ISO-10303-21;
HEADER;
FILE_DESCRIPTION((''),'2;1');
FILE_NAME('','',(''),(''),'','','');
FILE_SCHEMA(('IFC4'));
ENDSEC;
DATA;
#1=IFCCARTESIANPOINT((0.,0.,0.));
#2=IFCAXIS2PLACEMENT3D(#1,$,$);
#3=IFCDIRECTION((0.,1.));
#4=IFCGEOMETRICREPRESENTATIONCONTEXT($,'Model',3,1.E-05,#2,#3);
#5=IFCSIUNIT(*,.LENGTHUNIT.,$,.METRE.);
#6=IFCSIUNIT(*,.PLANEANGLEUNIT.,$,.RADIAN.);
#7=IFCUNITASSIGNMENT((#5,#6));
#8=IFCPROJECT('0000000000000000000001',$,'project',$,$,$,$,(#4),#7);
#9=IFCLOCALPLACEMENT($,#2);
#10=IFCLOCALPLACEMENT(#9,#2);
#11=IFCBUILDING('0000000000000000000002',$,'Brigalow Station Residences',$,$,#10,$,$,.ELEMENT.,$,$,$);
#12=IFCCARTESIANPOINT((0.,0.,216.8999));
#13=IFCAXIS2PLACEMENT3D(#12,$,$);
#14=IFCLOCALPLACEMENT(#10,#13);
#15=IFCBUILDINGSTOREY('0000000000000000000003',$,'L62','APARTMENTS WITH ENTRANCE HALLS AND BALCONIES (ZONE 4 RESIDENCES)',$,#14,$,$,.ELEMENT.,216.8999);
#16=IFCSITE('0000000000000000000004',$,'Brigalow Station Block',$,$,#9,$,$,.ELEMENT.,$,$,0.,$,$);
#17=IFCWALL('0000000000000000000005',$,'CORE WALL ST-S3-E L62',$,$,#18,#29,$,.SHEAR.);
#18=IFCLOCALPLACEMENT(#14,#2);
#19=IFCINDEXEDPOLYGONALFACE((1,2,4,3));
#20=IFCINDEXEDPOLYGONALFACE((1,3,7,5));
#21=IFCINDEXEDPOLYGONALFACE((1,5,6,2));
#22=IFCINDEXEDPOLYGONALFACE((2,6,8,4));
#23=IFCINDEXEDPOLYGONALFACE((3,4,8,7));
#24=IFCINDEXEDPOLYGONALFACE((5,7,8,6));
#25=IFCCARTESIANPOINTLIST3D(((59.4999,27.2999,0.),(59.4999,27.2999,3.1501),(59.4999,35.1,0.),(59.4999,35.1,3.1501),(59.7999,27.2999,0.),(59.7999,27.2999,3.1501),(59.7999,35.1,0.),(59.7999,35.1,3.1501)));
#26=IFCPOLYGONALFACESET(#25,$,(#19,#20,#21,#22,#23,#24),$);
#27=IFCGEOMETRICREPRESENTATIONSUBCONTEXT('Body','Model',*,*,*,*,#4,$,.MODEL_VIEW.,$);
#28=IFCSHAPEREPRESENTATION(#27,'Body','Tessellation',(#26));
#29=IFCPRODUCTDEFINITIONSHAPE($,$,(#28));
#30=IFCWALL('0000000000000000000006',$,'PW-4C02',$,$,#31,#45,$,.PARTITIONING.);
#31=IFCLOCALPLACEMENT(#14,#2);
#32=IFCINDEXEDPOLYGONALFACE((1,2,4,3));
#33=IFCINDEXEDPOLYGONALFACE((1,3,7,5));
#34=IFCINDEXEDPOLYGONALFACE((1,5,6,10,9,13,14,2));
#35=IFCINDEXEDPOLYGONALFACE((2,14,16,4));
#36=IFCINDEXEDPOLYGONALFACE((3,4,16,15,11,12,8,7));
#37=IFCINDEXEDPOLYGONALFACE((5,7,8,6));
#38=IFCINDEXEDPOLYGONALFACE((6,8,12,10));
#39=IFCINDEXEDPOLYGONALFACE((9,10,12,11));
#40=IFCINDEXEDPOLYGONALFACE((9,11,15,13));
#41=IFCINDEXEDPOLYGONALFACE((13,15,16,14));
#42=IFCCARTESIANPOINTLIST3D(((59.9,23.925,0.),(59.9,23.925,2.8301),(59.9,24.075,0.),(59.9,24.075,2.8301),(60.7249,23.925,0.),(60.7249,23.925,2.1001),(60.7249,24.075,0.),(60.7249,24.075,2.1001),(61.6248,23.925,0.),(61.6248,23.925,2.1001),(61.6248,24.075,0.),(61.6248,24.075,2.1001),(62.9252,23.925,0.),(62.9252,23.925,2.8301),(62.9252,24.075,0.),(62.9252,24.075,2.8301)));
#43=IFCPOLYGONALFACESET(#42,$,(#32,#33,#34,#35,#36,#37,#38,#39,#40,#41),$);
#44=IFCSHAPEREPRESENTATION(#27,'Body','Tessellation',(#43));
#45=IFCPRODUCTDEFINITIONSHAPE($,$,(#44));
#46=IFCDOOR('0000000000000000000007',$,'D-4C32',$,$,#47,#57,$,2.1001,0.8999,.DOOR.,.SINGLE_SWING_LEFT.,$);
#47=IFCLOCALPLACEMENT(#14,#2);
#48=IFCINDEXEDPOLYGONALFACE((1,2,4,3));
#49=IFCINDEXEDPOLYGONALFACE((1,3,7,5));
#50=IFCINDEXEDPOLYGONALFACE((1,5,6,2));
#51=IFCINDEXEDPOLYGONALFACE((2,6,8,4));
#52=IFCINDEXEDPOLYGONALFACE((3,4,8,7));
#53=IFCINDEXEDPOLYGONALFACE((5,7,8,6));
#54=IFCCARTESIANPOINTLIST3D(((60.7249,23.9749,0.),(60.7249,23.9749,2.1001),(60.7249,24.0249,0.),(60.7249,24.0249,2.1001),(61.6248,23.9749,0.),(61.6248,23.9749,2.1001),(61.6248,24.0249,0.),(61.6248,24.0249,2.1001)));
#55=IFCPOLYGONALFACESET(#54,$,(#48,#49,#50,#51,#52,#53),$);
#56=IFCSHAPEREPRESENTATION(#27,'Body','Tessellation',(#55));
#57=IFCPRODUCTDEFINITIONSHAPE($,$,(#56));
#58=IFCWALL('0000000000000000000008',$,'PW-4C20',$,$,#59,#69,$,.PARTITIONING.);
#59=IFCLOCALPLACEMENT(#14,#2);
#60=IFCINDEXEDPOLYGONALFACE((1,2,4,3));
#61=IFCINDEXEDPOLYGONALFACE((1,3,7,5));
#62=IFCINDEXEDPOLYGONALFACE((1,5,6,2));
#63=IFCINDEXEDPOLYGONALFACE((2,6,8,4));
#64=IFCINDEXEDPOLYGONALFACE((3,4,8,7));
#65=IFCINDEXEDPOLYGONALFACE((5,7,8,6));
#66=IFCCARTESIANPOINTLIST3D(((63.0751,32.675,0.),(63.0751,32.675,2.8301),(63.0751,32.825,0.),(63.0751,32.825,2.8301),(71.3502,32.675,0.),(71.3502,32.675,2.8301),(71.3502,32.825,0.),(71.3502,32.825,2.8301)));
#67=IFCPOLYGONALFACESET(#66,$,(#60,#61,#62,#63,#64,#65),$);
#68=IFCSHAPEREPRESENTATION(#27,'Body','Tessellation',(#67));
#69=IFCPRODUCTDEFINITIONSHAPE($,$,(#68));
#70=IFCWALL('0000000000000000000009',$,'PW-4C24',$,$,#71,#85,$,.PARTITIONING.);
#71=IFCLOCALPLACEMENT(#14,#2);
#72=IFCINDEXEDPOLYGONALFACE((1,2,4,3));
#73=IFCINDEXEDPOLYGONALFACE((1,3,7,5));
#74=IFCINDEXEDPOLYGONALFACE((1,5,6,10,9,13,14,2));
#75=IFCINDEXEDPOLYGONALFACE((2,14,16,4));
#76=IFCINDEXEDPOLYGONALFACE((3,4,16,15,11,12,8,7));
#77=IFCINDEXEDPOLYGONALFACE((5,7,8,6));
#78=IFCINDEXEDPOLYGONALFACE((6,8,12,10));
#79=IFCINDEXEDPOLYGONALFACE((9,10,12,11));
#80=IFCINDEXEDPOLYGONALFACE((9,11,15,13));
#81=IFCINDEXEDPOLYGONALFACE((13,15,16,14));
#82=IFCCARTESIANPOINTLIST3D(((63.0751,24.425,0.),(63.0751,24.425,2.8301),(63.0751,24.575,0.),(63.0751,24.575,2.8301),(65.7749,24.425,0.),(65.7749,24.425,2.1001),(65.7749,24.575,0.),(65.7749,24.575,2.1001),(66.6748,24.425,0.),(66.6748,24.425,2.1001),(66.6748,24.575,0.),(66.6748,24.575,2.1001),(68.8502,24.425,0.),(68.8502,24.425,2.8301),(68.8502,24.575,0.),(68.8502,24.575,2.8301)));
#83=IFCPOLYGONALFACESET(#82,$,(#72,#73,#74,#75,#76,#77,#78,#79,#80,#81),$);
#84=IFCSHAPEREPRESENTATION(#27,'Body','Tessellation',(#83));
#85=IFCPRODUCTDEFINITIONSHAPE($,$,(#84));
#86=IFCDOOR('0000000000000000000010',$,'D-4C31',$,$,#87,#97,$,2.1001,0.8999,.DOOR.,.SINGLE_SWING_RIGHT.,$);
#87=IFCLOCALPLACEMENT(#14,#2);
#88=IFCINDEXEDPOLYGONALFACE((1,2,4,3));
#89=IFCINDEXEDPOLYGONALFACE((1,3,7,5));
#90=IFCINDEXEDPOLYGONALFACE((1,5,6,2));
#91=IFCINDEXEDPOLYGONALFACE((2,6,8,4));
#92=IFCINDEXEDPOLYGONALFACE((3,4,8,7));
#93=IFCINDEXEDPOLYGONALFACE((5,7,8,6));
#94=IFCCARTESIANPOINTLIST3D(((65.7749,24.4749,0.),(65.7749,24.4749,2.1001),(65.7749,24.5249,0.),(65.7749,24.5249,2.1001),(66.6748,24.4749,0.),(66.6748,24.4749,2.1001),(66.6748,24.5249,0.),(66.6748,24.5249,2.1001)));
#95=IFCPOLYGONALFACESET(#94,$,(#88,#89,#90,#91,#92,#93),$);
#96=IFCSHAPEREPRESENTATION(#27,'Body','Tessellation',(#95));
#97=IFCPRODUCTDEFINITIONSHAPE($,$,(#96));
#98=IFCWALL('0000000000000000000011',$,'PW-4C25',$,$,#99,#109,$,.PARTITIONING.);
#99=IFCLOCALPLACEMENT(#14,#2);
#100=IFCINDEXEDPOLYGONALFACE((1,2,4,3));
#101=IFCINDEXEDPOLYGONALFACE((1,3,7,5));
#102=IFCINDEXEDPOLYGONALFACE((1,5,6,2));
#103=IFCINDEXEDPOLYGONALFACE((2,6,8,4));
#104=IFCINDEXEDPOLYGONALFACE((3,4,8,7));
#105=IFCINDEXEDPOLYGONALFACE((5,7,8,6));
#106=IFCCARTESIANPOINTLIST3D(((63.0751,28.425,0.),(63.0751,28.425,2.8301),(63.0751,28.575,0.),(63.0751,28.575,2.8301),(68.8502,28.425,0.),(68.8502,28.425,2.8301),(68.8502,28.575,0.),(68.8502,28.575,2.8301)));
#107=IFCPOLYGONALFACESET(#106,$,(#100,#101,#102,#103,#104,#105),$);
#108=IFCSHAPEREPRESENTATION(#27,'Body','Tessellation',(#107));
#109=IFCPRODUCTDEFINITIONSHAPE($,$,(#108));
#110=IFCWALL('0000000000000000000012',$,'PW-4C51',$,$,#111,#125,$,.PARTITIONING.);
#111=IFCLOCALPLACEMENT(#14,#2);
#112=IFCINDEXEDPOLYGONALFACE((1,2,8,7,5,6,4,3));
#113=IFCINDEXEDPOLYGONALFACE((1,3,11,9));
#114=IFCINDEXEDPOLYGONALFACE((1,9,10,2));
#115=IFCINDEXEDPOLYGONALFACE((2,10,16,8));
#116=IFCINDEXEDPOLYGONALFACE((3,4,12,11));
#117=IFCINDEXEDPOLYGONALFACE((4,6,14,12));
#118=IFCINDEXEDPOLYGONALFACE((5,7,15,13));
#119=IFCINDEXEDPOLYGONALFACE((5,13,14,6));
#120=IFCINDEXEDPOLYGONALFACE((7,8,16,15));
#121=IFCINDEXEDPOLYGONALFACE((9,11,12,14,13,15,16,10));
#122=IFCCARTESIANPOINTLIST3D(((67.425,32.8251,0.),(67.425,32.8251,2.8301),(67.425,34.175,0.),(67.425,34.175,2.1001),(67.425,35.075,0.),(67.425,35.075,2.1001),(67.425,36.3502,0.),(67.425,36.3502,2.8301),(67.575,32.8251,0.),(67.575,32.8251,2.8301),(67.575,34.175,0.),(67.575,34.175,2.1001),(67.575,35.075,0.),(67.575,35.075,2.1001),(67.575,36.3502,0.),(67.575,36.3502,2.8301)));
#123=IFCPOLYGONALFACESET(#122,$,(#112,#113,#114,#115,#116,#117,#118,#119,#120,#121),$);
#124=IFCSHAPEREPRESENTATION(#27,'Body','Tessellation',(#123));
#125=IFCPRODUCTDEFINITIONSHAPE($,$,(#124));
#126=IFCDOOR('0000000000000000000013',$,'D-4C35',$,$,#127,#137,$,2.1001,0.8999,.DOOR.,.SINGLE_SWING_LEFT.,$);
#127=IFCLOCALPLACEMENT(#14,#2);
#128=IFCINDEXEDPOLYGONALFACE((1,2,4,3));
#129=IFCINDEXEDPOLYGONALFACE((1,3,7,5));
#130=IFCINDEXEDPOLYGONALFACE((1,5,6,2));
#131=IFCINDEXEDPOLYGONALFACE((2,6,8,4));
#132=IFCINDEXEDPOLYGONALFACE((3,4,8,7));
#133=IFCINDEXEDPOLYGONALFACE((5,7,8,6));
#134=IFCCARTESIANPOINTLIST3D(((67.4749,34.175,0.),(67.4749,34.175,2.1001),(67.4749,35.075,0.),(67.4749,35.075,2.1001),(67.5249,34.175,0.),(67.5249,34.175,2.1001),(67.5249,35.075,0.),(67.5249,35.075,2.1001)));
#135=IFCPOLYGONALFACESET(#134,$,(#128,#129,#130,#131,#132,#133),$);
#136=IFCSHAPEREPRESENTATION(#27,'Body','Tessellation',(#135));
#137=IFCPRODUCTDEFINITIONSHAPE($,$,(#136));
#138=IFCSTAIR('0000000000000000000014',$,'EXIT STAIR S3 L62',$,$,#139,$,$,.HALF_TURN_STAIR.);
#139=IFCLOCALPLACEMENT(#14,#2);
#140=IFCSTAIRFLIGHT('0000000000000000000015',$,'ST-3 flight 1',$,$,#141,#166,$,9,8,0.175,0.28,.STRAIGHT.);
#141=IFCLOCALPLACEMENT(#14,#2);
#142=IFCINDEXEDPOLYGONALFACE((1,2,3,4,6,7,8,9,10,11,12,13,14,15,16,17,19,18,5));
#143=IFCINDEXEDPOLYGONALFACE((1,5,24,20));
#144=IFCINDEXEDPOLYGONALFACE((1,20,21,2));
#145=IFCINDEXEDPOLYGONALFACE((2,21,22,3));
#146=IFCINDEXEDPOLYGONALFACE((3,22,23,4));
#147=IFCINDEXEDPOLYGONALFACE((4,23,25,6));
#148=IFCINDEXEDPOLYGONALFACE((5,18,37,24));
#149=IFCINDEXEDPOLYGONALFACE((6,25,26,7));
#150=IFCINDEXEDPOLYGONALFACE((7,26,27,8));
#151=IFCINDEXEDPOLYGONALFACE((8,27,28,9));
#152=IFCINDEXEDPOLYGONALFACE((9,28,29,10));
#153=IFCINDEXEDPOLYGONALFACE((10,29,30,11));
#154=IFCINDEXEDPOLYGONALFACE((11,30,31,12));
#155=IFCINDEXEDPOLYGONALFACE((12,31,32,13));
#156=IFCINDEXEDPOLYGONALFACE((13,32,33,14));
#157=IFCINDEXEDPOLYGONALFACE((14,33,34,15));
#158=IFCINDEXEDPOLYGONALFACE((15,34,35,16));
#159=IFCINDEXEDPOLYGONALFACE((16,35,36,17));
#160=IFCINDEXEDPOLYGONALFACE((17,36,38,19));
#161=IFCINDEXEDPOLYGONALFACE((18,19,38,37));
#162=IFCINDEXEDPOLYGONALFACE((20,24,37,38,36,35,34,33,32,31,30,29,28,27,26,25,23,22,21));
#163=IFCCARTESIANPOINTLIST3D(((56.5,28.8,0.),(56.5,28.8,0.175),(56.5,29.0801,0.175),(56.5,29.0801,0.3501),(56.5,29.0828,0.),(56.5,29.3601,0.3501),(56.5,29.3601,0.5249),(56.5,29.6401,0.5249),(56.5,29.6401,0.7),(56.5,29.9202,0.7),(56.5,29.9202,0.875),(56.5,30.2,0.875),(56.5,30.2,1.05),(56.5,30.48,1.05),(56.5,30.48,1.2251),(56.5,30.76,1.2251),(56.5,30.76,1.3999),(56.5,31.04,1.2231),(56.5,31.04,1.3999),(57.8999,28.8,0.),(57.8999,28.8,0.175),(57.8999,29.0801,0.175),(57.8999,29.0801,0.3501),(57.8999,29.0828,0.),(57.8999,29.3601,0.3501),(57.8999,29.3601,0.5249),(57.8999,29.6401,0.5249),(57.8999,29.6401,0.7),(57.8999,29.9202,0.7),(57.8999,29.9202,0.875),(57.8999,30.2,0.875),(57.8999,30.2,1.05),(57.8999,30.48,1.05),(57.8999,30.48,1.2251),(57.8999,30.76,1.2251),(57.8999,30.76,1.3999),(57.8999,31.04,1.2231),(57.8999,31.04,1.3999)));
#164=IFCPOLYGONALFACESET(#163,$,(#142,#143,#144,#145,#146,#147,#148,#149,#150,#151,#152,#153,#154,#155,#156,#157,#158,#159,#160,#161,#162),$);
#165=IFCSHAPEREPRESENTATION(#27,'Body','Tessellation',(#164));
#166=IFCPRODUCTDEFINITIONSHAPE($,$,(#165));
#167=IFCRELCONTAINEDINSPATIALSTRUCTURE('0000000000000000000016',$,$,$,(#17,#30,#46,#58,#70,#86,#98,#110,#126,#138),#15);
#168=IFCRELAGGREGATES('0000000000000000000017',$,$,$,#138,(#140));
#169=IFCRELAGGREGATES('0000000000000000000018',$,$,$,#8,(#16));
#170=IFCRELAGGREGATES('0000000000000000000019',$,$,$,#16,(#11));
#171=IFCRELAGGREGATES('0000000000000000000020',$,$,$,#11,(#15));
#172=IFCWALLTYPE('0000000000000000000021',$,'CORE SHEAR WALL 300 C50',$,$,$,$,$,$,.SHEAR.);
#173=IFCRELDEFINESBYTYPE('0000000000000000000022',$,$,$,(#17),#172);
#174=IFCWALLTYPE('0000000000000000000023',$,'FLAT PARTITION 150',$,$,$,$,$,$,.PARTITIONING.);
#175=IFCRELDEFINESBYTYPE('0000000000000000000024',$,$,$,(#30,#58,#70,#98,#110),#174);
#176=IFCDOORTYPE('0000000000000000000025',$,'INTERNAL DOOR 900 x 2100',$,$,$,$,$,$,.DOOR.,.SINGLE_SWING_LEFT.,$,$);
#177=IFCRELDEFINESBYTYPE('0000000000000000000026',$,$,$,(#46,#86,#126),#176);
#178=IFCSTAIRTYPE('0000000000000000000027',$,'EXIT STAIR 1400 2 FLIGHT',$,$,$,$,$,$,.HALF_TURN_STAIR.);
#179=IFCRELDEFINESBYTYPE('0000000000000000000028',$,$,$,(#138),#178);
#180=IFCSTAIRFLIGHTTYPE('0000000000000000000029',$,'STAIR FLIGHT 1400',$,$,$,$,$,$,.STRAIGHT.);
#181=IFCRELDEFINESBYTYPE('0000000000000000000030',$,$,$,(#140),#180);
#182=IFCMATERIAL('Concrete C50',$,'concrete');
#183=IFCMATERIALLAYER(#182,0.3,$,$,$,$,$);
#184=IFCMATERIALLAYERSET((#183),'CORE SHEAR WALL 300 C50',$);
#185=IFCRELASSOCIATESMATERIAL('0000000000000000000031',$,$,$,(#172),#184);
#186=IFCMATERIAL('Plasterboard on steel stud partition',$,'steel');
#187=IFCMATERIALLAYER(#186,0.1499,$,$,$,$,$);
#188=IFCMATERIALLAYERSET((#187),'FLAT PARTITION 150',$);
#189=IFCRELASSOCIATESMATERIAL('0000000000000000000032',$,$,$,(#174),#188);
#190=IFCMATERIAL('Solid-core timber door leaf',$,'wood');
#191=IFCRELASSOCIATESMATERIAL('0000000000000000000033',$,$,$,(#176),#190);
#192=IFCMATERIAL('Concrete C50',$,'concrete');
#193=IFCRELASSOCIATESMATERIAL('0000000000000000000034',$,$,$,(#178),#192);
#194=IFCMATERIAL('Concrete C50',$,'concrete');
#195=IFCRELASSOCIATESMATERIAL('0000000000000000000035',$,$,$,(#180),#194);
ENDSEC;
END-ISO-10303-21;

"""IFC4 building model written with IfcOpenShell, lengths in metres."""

from ifc_helpers import new_model, si_unit, direction, frame, frame_2d, origin, place, context, subcontext, project, spatial, polyline, rectangle, outline, extrude, material, layer, layer_set, type_object, element, fill, aggregate, save


model = new_model("IFC4")

# Units and contexts
model_context = context("Model", 3, precision=1e-05, world=origin(), true_north=direction((0.0, 1.0)))
body_context = subcontext(model_context, "Body", "Model", "MODEL_VIEW")
ifc_project = project(units=[si_unit("LENGTHUNIT", "METRE"), si_unit("PLANEANGLEUNIT", "RADIAN")], contexts=[model_context])

# Site, building, storey
site_placement = place(None, origin())
site = spatial("IfcSite", under=ifc_project, at=site_placement, Name="Brigalow Station Block", CompositionType="ELEMENT", RefElevation=0.0)
building_placement = place(site_placement, origin())
building = spatial("IfcBuilding", under=site, at=building_placement, Name="Brigalow Station Residences", CompositionType="ELEMENT")
storey_placement = place(building_placement, frame((0.0, 0.0, 216.8999)))
storey = spatial("IfcBuildingStorey", under=building, at=storey_placement, Name="L62", Description="APARTMENTS WITH ENTRANCE HALLS AND BALCONIES (ZONE 4 RESIDENCES)", CompositionType="ELEMENT", Elevation=216.8999)

# Wall
ifc_material_1 = material(Name="Concrete C50", Category="concrete")
ifc_layer_1 = layer(ifc_material_1, 0.3)
ifc_layer_set_1 = layer_set([ifc_layer_1], Name="CORE SHEAR WALL 300 C50")
wall_type_1 = type_object("IfcWallType", Name="CORE SHEAR WALL 300 C50", PredefinedType="SHEAR", material=ifc_layer_set_1)
for number, where, z_axis, x_axis, name in (
    (1, (59.6499, 27.3, 0.0), (0.0, 0.0, 1.0), (0.0, 1.0, 0.0), "CORE WALL ST-S3-E L62"),
):
    element("IfcWall", number, at=place(storey_placement, frame(where, z_axis=z_axis, x_axis=x_axis)), inside=storey, type_object=wall_type_1, Name=name, PredefinedType="SHEAR", context=body_context, shape_type="SweptSolid", body=[
        extrude(rectangle(XDim=7.8, YDim=0.3, at=frame_2d((3.8999, 0.0))), origin(), (0.0, 0.0, 1.0), 3.1501),
    ])

# Wall, opening, door
ifc_material_2 = material(Name="Plasterboard on steel stud partition", Category="steel")
ifc_layer_2 = layer(ifc_material_2, 0.1499)
ifc_layer_set_2 = layer_set([ifc_layer_2], Name="FLAT PARTITION 150")
wall_type_2 = type_object("IfcWallType", Name="FLAT PARTITION 150", PredefinedType="PARTITIONING", material=ifc_layer_set_2)
wall_1_placement = place(storey_placement, frame((59.8999, 24.0, 0.0), z_axis=(0.0, 0.0, 1.0), x_axis=(1.0, 0.0, 0.0)))
wall_1 = element("IfcWall", 2, at=wall_1_placement, inside=storey, type_object=wall_type_2, Name="PW-4C02", PredefinedType="PARTITIONING", context=body_context, shape_type="SweptSolid", body=[
    extrude(rectangle(XDim=3.0251, YDim=0.1499, at=frame_2d((1.5127, 0.0))), origin(), (0.0, 0.0, 1.0), 2.8301),
])
opening_1_placement = place(wall_1_placement, frame((0.825, 0.0, 0.0)))
opening_1 = element("IfcOpeningElement", 3, at=opening_1_placement, cuts=wall_1, PredefinedType="OPENING", context=body_context, shape_type="SweptSolid", body=[
    extrude(rectangle(XDim=0.8999, YDim=2.1001, at=frame_2d((0.45, 1.05))), frame((0.0, 0.085, 0.0), z_axis=(0.0, -1.0, 0.0), x_axis=(1.0, 0.0, 0.0)), (0.0, 0.0, 1.0), 0.1699),
])
ifc_material_3 = material(Name="Solid-core timber door leaf", Category="wood")
door_type_1 = type_object("IfcDoorType", Name="INTERNAL DOOR 900 x 2100", OperationType="SINGLE_SWING_LEFT", PredefinedType="DOOR", material=ifc_material_3)
door_1_placement = place(opening_1_placement, origin())
door_1 = element("IfcDoor", 4, at=door_1_placement, inside=storey, type_object=door_type_1, Name="D-4C32", OperationType="SINGLE_SWING_LEFT", OverallHeight=2.1001, OverallWidth=0.8999, PredefinedType="DOOR", context=body_context, shape_type="SweptSolid", body=[
    extrude(rectangle(XDim=0.8999, YDim=2.1001, at=frame_2d((0.45, 1.05))), frame((0.0, 0.0249, 0.0), z_axis=(0.0, -1.0, 0.0), x_axis=(1.0, 0.0, 0.0)), (0.0, 0.0, 1.0), 0.05),
])
fill(opening_1, door_1)

# Wall
wall_2_placement = place(storey_placement, frame((63.075, 32.75, 0.0), z_axis=(0.0, 0.0, 1.0), x_axis=(1.0, 0.0, 0.0)))
element("IfcWall", 5, at=wall_2_placement, inside=storey, type_object=wall_type_2, Name="PW-4C20", PredefinedType="PARTITIONING", context=body_context, shape_type="SweptSolid", body=[
    extrude(rectangle(XDim=8.2751, YDim=0.1499, at=frame_2d((4.1377, 0.0))), origin(), (0.0, 0.0, 1.0), 2.8301),
])

# Wall, opening, door
wall_3_placement = place(storey_placement, frame((63.075, 24.5, 0.0), z_axis=(0.0, 0.0, 1.0), x_axis=(1.0, 0.0, 0.0)))
wall_3 = element("IfcWall", 6, at=wall_3_placement, inside=storey, type_object=wall_type_2, Name="PW-4C24", PredefinedType="PARTITIONING", context=body_context, shape_type="SweptSolid", body=[
    extrude(rectangle(XDim=5.7751, YDim=0.1499, at=frame_2d((2.8877, 0.0))), origin(), (0.0, 0.0, 1.0), 2.8301),
])
opening_2_placement = place(wall_3_placement, frame((2.7, 0.0, 0.0)))
opening_2 = element("IfcOpeningElement", 7, at=opening_2_placement, cuts=wall_3, PredefinedType="OPENING", context=body_context, shape_type="SweptSolid", body=[
    extrude(rectangle(XDim=0.8999, YDim=2.1001, at=frame_2d((0.45, 1.05))), frame((0.0, 0.085, 0.0), z_axis=(0.0, -1.0, 0.0), x_axis=(1.0, 0.0, 0.0)), (0.0, 0.0, 1.0), 0.1699),
])
door_2_placement = place(opening_2_placement, origin())
door_2 = element("IfcDoor", 8, at=door_2_placement, inside=storey, type_object=door_type_1, Name="D-4C31", OperationType="SINGLE_SWING_RIGHT", OverallHeight=2.1001, OverallWidth=0.8999, PredefinedType="DOOR", context=body_context, shape_type="SweptSolid", body=[
    extrude(rectangle(XDim=0.8999, YDim=2.1001, at=frame_2d((0.45, 1.05))), frame((0.0, 0.0249, 0.0), z_axis=(0.0, -1.0, 0.0), x_axis=(1.0, 0.0, 0.0)), (0.0, 0.0, 1.0), 0.05),
])
fill(opening_2, door_2)

# Wall
wall_4_placement = place(storey_placement, frame((63.075, 28.5, 0.0), z_axis=(0.0, 0.0, 1.0), x_axis=(1.0, 0.0, 0.0)))
element("IfcWall", 9, at=wall_4_placement, inside=storey, type_object=wall_type_2, Name="PW-4C25", PredefinedType="PARTITIONING", context=body_context, shape_type="SweptSolid", body=[
    extrude(rectangle(XDim=5.7751, YDim=0.1499, at=frame_2d((2.8877, 0.0))), origin(), (0.0, 0.0, 1.0), 2.8301),
])

# Wall, opening, door
wall_5_placement = place(storey_placement, frame((67.5, 32.825, 0.0), z_axis=(0.0, 0.0, 1.0), x_axis=(0.0, 1.0, 0.0)))
wall_5 = element("IfcWall", 10, at=wall_5_placement, inside=storey, type_object=wall_type_2, Name="PW-4C51", PredefinedType="PARTITIONING", context=body_context, shape_type="SweptSolid", body=[
    extrude(rectangle(XDim=3.5251, YDim=0.1499, at=frame_2d((1.7627, 0.0))), origin(), (0.0, 0.0, 1.0), 2.8301),
])
opening_3_placement = place(wall_5_placement, frame((1.3501, 0.0, 0.0)))
opening_3 = element("IfcOpeningElement", 11, at=opening_3_placement, cuts=wall_5, PredefinedType="OPENING", context=body_context, shape_type="SweptSolid", body=[
    extrude(rectangle(XDim=0.8999, YDim=2.1001, at=frame_2d((0.45, 1.05))), frame((0.0, 0.085, 0.0), z_axis=(0.0, -1.0, 0.0), x_axis=(1.0, 0.0, 0.0)), (0.0, 0.0, 1.0), 0.1699),
])
door_3_placement = place(opening_3_placement, frame((0.8999, 0.0, 0.0), z_axis=(0.0, 0.0, 1.0), x_axis=(-1.0, 0.0, 0.0)))
door_3 = element("IfcDoor", 12, at=door_3_placement, inside=storey, type_object=door_type_1, Name="D-4C35", OperationType="SINGLE_SWING_LEFT", OverallHeight=2.1001, OverallWidth=0.8999, PredefinedType="DOOR", context=body_context, shape_type="SweptSolid", body=[
    extrude(rectangle(XDim=0.8999, YDim=2.1001, at=frame_2d((0.45, 1.05))), frame((0.0, 0.0249, 0.0), z_axis=(0.0, -1.0, 0.0), x_axis=(1.0, 0.0, 0.0)), (0.0, 0.0, 1.0), 0.05),
])
fill(opening_3, door_3)

# Stair, stair flight
ifc_material_4 = material(Name="Concrete C50", Category="concrete")
stair_type = type_object("IfcStairType", Name="EXIT STAIR 1400 2 FLIGHT", PredefinedType="HALF_TURN_STAIR", material=ifc_material_4)
stair_placement = place(storey_placement, origin())
stair = element("IfcStair", 13, at=stair_placement, inside=storey, type_object=stair_type, Name="EXIT STAIR S3 L62", PredefinedType="HALF_TURN_STAIR")
ifc_material_5 = material(Name="Concrete C50", Category="concrete")
stair_flight_type = type_object("IfcStairFlightType", Name="STAIR FLIGHT 1400", PredefinedType="STRAIGHT", material=ifc_material_5)
stair_flight_1_placement = place(storey_placement, frame((57.2, 28.8, 0.0), z_axis=(0.0, 0.0, 1.0), x_axis=(0.0, 1.0, 0.0)))
stair_flight_1 = element("IfcStairFlight", 14, at=stair_flight_1_placement, type_object=stair_flight_type, Name="ST-3 flight 1", NumberOfRisers=9, NumberOfTreads=8, PredefinedType="STRAIGHT", RiserHeight=0.175, TreadLength=0.28, context=body_context, shape_type="SweptSolid", body=[
    extrude(outline(polyline([(0.0, 0.0), (0.0, 0.175), (0.28, 0.175), (0.28, 0.3501), (0.5601, 0.3501), (0.5601, 0.5249), (0.8401, 0.5249), (0.8401, 0.7), (1.1201, 0.7), (1.1201, 0.875), (1.3999, 0.875), (1.3999, 1.05), (1.6799, 1.05), (1.6799, 1.2251), (1.96, 1.2251), (1.96, 1.3999), (2.24, 1.3999), (2.24, 1.575), (2.24, 1.2231), (0.2827, 0.0), (0.0, 0.0)])), frame((0.0, 0.7, 0.0), z_axis=(0.0, -1.0, 0.0), x_axis=(1.0, 0.0, 0.0)), (0.0, 0.0, 1.0), 1.3999),
])
aggregate(stair, [stair_flight_1])

save(model, "model.ifc")
